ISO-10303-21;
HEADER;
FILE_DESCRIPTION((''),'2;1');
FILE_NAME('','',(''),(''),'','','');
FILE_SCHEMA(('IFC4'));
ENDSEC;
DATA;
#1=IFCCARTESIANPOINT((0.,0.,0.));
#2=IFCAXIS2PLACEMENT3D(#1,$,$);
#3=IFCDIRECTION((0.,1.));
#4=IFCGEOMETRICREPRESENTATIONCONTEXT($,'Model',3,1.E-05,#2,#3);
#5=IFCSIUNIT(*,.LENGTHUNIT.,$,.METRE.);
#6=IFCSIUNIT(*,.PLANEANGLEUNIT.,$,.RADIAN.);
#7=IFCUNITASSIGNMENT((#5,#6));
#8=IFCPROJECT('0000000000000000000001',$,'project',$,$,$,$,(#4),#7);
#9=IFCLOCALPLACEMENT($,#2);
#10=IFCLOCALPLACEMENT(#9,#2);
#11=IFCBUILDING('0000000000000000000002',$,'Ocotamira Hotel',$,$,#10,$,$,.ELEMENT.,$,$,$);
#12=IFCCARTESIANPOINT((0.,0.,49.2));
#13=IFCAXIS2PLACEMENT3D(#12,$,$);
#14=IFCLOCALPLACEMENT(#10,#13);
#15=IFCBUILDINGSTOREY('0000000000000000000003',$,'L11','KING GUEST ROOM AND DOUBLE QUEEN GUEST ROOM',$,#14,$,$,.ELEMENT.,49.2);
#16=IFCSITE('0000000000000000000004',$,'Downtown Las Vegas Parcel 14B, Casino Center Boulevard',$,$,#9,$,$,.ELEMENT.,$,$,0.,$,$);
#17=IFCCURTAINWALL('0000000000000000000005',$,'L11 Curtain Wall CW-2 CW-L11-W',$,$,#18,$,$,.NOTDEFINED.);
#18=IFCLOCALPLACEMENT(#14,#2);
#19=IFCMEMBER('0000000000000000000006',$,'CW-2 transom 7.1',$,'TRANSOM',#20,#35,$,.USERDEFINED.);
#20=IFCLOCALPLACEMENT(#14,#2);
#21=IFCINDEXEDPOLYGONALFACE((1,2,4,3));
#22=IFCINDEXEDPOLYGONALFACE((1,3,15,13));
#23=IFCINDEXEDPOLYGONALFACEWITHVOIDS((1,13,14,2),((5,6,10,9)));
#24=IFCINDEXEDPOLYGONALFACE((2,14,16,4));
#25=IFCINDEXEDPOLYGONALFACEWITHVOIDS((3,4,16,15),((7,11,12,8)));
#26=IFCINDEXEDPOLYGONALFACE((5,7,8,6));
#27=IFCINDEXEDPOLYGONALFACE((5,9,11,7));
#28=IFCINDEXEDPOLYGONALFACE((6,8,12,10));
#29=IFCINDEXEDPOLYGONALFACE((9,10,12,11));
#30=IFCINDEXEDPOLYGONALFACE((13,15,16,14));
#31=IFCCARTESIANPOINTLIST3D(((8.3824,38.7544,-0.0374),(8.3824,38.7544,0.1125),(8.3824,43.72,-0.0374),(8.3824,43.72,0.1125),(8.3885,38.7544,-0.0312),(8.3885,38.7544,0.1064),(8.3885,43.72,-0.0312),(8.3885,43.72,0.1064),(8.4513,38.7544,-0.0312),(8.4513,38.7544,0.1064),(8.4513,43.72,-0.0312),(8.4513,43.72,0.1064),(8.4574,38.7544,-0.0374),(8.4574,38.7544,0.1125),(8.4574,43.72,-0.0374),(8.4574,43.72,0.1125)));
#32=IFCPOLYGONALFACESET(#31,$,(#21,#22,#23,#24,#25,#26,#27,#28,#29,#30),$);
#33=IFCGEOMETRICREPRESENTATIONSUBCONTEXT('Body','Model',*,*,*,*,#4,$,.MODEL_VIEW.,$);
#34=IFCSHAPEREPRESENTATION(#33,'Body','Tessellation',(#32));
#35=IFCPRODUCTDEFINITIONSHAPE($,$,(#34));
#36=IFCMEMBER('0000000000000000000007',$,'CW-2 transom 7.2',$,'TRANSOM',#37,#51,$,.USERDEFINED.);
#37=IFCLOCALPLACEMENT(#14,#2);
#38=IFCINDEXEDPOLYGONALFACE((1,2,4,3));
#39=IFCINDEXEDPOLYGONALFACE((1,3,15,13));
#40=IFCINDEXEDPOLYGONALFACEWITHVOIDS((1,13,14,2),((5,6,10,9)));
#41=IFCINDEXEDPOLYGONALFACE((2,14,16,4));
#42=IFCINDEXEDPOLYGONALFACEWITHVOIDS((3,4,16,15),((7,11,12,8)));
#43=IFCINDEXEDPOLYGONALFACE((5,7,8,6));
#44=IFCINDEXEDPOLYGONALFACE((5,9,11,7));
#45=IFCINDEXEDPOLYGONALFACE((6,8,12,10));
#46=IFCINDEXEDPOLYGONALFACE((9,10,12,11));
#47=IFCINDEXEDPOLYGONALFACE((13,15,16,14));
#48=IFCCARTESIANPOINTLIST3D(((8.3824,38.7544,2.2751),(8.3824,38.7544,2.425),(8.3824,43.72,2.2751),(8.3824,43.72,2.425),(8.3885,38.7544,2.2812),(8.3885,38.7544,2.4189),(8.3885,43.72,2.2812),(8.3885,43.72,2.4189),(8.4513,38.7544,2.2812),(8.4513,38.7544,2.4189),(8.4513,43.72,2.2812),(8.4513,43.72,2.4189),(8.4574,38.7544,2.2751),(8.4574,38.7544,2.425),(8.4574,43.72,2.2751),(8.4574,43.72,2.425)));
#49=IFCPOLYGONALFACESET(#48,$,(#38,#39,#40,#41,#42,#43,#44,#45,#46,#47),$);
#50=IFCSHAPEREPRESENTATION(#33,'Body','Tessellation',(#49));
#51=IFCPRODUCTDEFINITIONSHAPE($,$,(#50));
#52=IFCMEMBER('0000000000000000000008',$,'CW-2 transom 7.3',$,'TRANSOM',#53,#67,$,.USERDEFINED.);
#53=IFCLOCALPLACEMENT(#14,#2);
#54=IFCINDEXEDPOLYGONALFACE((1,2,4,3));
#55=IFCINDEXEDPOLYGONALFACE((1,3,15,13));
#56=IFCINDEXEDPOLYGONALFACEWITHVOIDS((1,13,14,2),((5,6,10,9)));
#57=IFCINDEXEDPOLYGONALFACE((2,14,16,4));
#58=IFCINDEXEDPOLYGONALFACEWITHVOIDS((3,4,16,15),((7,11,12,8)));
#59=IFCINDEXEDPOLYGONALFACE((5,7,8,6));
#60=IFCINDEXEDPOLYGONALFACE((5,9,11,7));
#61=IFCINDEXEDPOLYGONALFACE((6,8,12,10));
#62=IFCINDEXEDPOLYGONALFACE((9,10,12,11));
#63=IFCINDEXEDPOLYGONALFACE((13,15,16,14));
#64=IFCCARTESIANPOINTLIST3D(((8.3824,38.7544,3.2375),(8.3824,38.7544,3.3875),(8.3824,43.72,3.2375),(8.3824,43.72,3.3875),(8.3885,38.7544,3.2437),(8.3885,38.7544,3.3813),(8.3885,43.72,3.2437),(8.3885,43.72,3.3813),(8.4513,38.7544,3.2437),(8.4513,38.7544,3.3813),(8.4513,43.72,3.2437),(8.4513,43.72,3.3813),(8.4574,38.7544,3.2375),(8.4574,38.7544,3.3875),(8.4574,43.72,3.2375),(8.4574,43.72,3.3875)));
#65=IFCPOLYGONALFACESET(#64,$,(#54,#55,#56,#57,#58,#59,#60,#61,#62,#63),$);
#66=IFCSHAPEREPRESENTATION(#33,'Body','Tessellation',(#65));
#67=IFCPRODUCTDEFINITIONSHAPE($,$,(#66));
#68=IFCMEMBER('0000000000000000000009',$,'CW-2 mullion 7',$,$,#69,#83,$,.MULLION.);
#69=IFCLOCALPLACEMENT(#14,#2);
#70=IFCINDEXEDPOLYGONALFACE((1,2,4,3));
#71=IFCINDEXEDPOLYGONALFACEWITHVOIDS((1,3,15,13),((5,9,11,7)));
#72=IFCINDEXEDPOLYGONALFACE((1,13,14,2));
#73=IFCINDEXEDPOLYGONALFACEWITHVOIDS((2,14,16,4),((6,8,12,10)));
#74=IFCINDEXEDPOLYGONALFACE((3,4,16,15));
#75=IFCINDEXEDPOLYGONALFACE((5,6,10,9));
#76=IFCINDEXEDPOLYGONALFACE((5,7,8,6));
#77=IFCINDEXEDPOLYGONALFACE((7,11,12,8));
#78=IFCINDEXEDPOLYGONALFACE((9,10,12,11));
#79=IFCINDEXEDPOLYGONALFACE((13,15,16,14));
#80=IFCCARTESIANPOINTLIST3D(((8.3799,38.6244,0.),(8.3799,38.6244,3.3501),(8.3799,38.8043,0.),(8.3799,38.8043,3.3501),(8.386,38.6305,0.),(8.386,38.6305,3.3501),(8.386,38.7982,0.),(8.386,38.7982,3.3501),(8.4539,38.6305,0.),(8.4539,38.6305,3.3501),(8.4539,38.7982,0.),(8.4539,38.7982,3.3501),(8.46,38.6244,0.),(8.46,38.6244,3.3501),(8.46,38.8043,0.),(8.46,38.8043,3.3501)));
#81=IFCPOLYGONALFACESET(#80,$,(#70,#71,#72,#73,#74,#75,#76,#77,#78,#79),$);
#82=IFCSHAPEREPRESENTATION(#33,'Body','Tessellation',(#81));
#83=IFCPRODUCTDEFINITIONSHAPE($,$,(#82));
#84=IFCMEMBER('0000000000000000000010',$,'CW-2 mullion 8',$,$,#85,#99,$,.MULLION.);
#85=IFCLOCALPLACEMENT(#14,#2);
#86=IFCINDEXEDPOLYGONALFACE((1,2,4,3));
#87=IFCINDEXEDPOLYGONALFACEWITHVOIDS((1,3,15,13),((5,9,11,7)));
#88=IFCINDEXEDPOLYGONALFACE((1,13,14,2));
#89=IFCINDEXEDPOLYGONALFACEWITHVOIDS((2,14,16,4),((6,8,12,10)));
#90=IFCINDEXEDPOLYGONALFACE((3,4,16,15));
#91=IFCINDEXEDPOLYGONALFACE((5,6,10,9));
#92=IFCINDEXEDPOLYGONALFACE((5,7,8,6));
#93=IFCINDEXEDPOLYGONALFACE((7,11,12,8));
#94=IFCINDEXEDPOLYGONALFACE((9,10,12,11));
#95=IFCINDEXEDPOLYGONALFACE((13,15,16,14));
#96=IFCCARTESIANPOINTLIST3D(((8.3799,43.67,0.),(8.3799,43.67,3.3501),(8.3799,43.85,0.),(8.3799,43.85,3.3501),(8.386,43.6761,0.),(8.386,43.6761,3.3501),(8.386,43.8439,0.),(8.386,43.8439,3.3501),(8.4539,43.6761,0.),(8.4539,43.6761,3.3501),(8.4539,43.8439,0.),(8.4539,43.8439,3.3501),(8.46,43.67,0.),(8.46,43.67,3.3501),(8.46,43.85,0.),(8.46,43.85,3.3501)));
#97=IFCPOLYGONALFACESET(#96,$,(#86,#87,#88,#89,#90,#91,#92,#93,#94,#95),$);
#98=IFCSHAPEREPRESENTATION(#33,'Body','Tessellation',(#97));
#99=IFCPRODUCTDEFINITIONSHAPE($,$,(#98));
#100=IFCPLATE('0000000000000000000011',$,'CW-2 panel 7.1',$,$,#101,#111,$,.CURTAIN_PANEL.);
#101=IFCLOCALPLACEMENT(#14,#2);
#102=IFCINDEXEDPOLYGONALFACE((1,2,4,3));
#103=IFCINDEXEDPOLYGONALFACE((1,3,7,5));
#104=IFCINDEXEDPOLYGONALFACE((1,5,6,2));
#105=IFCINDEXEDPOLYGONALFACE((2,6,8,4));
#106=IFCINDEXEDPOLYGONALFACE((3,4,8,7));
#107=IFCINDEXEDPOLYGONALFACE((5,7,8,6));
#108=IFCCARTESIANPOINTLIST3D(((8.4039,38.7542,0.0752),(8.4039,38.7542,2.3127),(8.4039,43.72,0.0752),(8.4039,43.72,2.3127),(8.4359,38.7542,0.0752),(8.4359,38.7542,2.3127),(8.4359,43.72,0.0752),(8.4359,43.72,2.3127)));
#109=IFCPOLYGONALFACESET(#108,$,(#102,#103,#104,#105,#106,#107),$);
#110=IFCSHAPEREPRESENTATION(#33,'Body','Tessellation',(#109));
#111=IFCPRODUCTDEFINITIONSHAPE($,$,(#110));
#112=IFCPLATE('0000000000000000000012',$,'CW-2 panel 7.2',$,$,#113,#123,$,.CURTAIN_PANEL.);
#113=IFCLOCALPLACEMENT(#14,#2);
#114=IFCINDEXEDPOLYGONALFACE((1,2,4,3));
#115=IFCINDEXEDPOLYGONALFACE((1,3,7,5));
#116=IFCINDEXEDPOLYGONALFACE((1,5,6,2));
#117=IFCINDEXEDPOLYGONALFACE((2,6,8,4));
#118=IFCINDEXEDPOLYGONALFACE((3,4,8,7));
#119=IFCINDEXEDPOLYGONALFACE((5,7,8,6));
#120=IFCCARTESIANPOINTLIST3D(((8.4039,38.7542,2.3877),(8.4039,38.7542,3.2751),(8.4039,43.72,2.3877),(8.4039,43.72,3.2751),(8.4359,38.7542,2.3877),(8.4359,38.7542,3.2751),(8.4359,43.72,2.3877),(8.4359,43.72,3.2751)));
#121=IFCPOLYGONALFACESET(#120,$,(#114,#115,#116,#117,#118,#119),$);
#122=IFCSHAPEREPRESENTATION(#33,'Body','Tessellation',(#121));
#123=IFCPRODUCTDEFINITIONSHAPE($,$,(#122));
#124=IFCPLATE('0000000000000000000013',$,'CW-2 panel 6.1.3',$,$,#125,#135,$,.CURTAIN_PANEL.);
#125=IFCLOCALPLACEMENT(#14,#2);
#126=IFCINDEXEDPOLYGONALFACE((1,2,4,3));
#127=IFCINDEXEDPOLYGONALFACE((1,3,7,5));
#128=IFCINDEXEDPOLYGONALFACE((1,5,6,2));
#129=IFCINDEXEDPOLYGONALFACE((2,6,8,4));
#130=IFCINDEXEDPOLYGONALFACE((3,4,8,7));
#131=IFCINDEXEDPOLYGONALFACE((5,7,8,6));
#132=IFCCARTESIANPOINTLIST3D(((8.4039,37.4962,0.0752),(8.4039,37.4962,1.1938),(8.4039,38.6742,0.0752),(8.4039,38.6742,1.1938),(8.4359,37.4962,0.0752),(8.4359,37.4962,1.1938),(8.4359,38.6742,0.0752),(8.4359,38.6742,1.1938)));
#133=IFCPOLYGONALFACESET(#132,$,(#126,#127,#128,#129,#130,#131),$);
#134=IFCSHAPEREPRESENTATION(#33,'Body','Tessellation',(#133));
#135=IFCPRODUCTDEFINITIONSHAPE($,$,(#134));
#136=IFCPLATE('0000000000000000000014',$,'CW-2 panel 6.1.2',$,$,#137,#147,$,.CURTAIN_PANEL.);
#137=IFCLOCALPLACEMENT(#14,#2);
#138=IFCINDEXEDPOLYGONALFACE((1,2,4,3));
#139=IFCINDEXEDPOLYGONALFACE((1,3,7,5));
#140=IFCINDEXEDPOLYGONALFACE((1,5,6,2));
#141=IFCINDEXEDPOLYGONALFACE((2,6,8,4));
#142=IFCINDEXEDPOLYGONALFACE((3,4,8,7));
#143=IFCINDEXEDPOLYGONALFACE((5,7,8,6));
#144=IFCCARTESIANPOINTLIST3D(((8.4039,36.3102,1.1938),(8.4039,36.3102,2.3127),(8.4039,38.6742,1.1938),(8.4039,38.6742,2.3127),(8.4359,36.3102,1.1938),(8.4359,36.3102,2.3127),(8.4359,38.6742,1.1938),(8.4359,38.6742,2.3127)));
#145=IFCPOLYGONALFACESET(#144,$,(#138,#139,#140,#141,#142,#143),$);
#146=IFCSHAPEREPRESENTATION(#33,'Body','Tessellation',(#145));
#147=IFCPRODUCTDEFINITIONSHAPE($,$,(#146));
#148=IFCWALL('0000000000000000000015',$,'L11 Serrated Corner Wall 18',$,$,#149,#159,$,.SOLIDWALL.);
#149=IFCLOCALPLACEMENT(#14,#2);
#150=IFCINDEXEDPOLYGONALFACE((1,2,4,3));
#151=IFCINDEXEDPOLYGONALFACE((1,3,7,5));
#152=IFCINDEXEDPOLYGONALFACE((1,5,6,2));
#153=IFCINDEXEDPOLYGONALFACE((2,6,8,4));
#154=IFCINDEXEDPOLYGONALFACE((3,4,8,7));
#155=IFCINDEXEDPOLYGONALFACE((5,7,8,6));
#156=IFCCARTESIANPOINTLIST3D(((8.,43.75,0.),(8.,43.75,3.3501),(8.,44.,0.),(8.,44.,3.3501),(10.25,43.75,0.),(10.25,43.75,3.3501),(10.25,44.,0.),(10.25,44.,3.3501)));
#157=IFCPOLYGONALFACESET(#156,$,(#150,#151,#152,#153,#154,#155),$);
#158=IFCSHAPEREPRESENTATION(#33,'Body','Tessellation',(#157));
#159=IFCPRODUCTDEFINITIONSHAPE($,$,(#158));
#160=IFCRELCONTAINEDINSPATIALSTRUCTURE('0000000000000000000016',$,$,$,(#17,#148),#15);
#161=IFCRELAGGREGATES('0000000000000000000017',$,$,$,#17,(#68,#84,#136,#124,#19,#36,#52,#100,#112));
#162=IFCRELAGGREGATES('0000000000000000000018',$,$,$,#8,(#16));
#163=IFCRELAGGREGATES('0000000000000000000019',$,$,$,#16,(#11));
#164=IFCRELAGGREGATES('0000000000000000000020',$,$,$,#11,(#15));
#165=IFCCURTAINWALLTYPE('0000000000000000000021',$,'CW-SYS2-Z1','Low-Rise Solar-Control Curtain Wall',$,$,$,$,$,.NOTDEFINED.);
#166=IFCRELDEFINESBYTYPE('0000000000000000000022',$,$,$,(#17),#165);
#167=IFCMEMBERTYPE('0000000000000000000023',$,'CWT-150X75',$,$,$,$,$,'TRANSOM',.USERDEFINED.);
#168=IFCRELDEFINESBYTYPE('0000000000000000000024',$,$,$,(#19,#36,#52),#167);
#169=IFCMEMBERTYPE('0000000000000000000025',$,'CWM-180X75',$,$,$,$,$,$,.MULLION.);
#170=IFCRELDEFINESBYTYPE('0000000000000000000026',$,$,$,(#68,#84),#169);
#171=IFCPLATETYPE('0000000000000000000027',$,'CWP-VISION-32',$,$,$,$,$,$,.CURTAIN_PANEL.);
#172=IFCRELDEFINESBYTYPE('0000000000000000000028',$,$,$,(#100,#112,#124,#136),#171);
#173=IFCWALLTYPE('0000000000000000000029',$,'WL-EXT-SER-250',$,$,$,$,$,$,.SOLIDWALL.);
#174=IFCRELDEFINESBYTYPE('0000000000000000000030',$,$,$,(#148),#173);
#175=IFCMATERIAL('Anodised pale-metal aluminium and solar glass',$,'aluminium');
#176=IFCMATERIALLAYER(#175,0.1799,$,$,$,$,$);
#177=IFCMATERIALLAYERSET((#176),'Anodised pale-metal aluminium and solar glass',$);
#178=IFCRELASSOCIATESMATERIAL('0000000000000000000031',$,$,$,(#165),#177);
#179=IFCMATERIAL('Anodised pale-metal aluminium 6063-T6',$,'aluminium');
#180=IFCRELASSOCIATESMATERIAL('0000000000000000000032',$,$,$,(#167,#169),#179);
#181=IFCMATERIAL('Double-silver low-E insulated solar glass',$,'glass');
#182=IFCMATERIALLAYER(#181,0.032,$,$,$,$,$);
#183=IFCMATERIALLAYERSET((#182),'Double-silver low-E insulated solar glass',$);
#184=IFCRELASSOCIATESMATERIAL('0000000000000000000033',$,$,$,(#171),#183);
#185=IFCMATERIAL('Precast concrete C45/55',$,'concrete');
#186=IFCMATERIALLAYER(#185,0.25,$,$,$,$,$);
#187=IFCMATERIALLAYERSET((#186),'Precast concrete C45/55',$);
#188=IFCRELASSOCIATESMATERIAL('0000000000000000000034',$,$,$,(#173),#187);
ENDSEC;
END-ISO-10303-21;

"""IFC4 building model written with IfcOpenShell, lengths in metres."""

from ifc_helpers import new_model, si_unit, direction, frame, frame_2d, origin, origin_2d, place, context, subcontext, project, spatial, rectangle, hollow_rectangle, extrude, source, transform, mapped, material, layer, layer_set, material_profile, profile_set, type_object, element, aggregate, save


model = new_model("IFC4")

# Units and contexts
model_context = context("Model", 3, precision=1e-05, world=origin(), true_north=direction((0.0, 1.0)))
body_context = subcontext(model_context, "Body", "Model", "MODEL_VIEW")
ifc_project = project(units=[si_unit("LENGTHUNIT", "METRE"), si_unit("PLANEANGLEUNIT", "RADIAN")], contexts=[model_context])

# Site, building, storey
site_placement = place(None, origin())
site = spatial("IfcSite", under=ifc_project, at=site_placement, Name="Downtown Las Vegas Parcel 14B, Casino Center Boulevard", CompositionType="ELEMENT", RefElevation=0.0)
building_placement = place(site_placement, origin())
building = spatial("IfcBuilding", under=site, at=building_placement, Name="Ocotamira Hotel", CompositionType="ELEMENT")
storey_placement = place(building_placement, frame((0.0, 0.0, 49.2)))
storey = spatial("IfcBuildingStorey", under=building, at=storey_placement, Name="L11", Description="KING GUEST ROOM AND DOUBLE QUEEN GUEST ROOM", CompositionType="ELEMENT", Elevation=49.2)

# Curtain wall, members, plates
ifc_material_1 = material(Name="Anodised pale-metal aluminium and solar glass", Category="aluminium")
ifc_layer_1 = layer(ifc_material_1, 0.1799)
ifc_layer_set_1 = layer_set([ifc_layer_1], Name="Anodised pale-metal aluminium and solar glass")
curtain_wall_type = type_object("IfcCurtainWallType", Name="CW-SYS2-Z1", Description="Low-Rise Solar-Control Curtain Wall", PredefinedType="NOTDEFINED", material=ifc_layer_set_1)
curtain_wall_placement = place(storey_placement, origin())
curtain_wall = element("IfcCurtainWall", 1, at=curtain_wall_placement, inside=storey, type_object=curtain_wall_type, Name="L11 Curtain Wall CW-2 CW-L11-W", PredefinedType="NOTDEFINED")
ifc_material_2 = material(Name="Anodised pale-metal aluminium 6063-T6", Category="aluminium")
ifc_material_profile_1 = material_profile(ifc_material_2, hollow_rectangle(XDim=0.075, YDim=0.1499, WallThickness=0.0061, at=origin_2d()), Name="HSS150X75X6")
ifc_profile_set_1 = profile_set([ifc_material_profile_1], Name="Anodised pale-metal aluminium 6063-T6")
member_type_1 = type_object("IfcMemberType", Name="CWT-150X75", ElementType="TRANSOM", PredefinedType="USERDEFINED", material=ifc_profile_set_1)
shared_shape_1 = source(origin(), body_context, "Body", "SweptSolid", [
    extrude(hollow_rectangle(XDim=0.075, YDim=0.1499, WallThickness=0.0061, at=origin_2d()), origin(), (0.0, 0.0, 1.0), 4.9656),
])
member_1_placement = place(storey_placement, frame((8.4199, 38.7544, 0.0376), z_axis=(0.0, 1.0, 0.0), x_axis=(-1.0, 0.0, 0.0)))
member_1 = element("IfcMember", 2, at=member_1_placement, type_object=member_type_1, Name="CW-2 transom 7.1", ObjectType="TRANSOM", PredefinedType="USERDEFINED", context=body_context, shape_type="MappedRepresentation", body=[
    mapped(shared_shape_1, transform((0.0, 0.0, 0.0), scale=1.0)),
])
member_2_placement = place(storey_placement, frame((8.4199, 38.7544, 2.3501), z_axis=(0.0, 1.0, 0.0), x_axis=(-1.0, 0.0, 0.0)))
member_2 = element("IfcMember", 3, at=member_2_placement, type_object=member_type_1, Name="CW-2 transom 7.2", ObjectType="TRANSOM", PredefinedType="USERDEFINED", context=body_context, shape_type="MappedRepresentation", body=[
    mapped(shared_shape_1, transform((0.0, 0.0, 0.0), scale=1.0)),
])
member_3_placement = place(storey_placement, frame((8.4199, 38.7544, 3.3125), z_axis=(0.0, 1.0, 0.0), x_axis=(-1.0, 0.0, 0.0)))
member_3 = element("IfcMember", 4, at=member_3_placement, type_object=member_type_1, Name="CW-2 transom 7.3", ObjectType="TRANSOM", PredefinedType="USERDEFINED", context=body_context, shape_type="MappedRepresentation", body=[
    mapped(shared_shape_1, transform((0.0, 0.0, 0.0), scale=1.0)),
])
ifc_material_profile_2 = material_profile(ifc_material_2, hollow_rectangle(XDim=0.0801, YDim=0.1799, WallThickness=0.0061, at=origin_2d()), Name="HSS180X80X6")
ifc_profile_set_2 = profile_set([ifc_material_profile_2], Name="Anodised pale-metal aluminium 6063-T6")
member_type_2 = type_object("IfcMemberType", Name="CWM-180X75", PredefinedType="MULLION", material=ifc_profile_set_2)
shared_shape_2 = source(origin(), body_context, "Body", "SweptSolid", [
    extrude(hollow_rectangle(XDim=0.0801, YDim=0.1799, WallThickness=0.0061, at=origin_2d()), origin(), (0.0, 0.0, 1.0), 3.3501),
])
member_4_placement = place(storey_placement, frame((8.4199, 38.7144, 0.0), z_axis=(0.0, 0.0, 1.0), x_axis=(-1.0, 0.0, 0.0)))
member_4 = element("IfcMember", 5, at=member_4_placement, type_object=member_type_2, Name="CW-2 mullion 7", PredefinedType="MULLION", context=body_context, shape_type="MappedRepresentation", body=[
    mapped(shared_shape_2, transform((0.0, 0.0, 0.0), scale=1.0)),
])
member_5_placement = place(storey_placement, frame((8.4199, 43.76, 0.0), z_axis=(0.0, 0.0, 1.0), x_axis=(-1.0, 0.0, 0.0)))
member_5 = element("IfcMember", 6, at=member_5_placement, type_object=member_type_2, Name="CW-2 mullion 8", PredefinedType="MULLION", context=body_context, shape_type="MappedRepresentation", body=[
    mapped(shared_shape_2, transform((0.0, 0.0, 0.0), scale=1.0)),
])
ifc_material_3 = material(Name="Double-silver low-E insulated solar glass", Category="glass")
ifc_layer_2 = layer(ifc_material_3, 0.032)
ifc_layer_set_2 = layer_set([ifc_layer_2], Name="Double-silver low-E insulated solar glass")
plate_type = type_object("IfcPlateType", Name="CWP-VISION-32", PredefinedType="CURTAIN_PANEL", material=ifc_layer_set_2)
shared_shape_3 = source(origin(), body_context, "Body", "SweptSolid", [
    extrude(rectangle(XDim=4.9658, YDim=0.032, at=origin_2d()), origin(), (0.0, 0.0, 1.0), 2.2375),
])
plate_1_placement = place(storey_placement, frame((8.4199, 41.2371, 0.0752), z_axis=(0.0, 0.0, 1.0), x_axis=(0.0, 1.0, 0.0)))
plate_1 = element("IfcPlate", 7, at=plate_1_placement, type_object=plate_type, Name="CW-2 panel 7.1", PredefinedType="CURTAIN_PANEL", context=body_context, shape_type="MappedRepresentation", body=[
    mapped(shared_shape_3, transform((0.0, 0.0, 0.0), scale=1.0)),
])
shared_shape_4 = source(origin(), body_context, "Body", "SweptSolid", [
    extrude(rectangle(XDim=4.9658, YDim=0.032, at=origin_2d()), origin(), (0.0, 0.0, 1.0), 0.8875),
])
plate_2_placement = place(storey_placement, frame((8.4199, 41.2371, 2.3877), z_axis=(0.0, 0.0, 1.0), x_axis=(0.0, 1.0, 0.0)))
plate_2 = element("IfcPlate", 8, at=plate_2_placement, type_object=plate_type, Name="CW-2 panel 7.2", PredefinedType="CURTAIN_PANEL", context=body_context, shape_type="MappedRepresentation", body=[
    mapped(shared_shape_4, transform((0.0, 0.0, 0.0), scale=1.0)),
])
shared_shape_5 = source(origin(), body_context, "Body", "SweptSolid", [
    extrude(rectangle(XDim=1.178, YDim=0.032, at=origin_2d()), origin(), (0.0, 0.0, 1.0), 1.1187),
])
plate_3_placement = place(storey_placement, frame((8.4199, 38.0852, 0.0752), z_axis=(0.0, 0.0, 1.0), x_axis=(0.0, 1.0, 0.0)))
plate_3 = element("IfcPlate", 9, at=plate_3_placement, type_object=plate_type, Name="CW-2 panel 6.1.3", PredefinedType="CURTAIN_PANEL", context=body_context, shape_type="MappedRepresentation", body=[
    mapped(shared_shape_5, transform((0.0, 0.0, 0.0), scale=1.0)),
])
shared_shape_6 = source(origin(), body_context, "Body", "SweptSolid", [
    extrude(rectangle(XDim=2.364, YDim=0.032, at=origin_2d()), origin(), (0.0, 0.0, 1.0), 1.1189),
])
plate_4_placement = place(storey_placement, frame((8.4199, 37.4922, 1.1938), z_axis=(0.0, 0.0, 1.0), x_axis=(0.0, 1.0, 0.0)))
plate_4 = element("IfcPlate", 10, at=plate_4_placement, type_object=plate_type, Name="CW-2 panel 6.1.2", PredefinedType="CURTAIN_PANEL", context=body_context, shape_type="MappedRepresentation", body=[
    mapped(shared_shape_6, transform((0.0, 0.0, 0.0), scale=1.0)),
])
aggregate(curtain_wall, [member_4, member_5, plate_4, plate_3, member_1, member_2, member_3, plate_1, plate_2])

# Wall
ifc_material_4 = material(Name="Precast concrete C45/55", Category="concrete")
ifc_layer_3 = layer(ifc_material_4, 0.25)
ifc_layer_set_3 = layer_set([ifc_layer_3], Name="Precast concrete C45/55")
wall_type_1 = type_object("IfcWallType", Name="WL-EXT-SER-250", PredefinedType="SOLIDWALL", material=ifc_layer_set_3)
wall_1_placement = place(storey_placement, frame((10.25, 43.875, 0.0), z_axis=(0.0, 0.0, 1.0), x_axis=(-1.0, 0.0, 0.0)))
element("IfcWall", 11, at=wall_1_placement, inside=storey, type_object=wall_type_1, Name="L11 Serrated Corner Wall 18", PredefinedType="SOLIDWALL", context=body_context, shape_type="SweptSolid", body=[
    extrude(rectangle(XDim=2.25, YDim=0.25, at=frame_2d((1.125, 0.0))), origin(), (0.0, 0.0, 1.0), 3.3501),
])

save(model, "model.ifc")
